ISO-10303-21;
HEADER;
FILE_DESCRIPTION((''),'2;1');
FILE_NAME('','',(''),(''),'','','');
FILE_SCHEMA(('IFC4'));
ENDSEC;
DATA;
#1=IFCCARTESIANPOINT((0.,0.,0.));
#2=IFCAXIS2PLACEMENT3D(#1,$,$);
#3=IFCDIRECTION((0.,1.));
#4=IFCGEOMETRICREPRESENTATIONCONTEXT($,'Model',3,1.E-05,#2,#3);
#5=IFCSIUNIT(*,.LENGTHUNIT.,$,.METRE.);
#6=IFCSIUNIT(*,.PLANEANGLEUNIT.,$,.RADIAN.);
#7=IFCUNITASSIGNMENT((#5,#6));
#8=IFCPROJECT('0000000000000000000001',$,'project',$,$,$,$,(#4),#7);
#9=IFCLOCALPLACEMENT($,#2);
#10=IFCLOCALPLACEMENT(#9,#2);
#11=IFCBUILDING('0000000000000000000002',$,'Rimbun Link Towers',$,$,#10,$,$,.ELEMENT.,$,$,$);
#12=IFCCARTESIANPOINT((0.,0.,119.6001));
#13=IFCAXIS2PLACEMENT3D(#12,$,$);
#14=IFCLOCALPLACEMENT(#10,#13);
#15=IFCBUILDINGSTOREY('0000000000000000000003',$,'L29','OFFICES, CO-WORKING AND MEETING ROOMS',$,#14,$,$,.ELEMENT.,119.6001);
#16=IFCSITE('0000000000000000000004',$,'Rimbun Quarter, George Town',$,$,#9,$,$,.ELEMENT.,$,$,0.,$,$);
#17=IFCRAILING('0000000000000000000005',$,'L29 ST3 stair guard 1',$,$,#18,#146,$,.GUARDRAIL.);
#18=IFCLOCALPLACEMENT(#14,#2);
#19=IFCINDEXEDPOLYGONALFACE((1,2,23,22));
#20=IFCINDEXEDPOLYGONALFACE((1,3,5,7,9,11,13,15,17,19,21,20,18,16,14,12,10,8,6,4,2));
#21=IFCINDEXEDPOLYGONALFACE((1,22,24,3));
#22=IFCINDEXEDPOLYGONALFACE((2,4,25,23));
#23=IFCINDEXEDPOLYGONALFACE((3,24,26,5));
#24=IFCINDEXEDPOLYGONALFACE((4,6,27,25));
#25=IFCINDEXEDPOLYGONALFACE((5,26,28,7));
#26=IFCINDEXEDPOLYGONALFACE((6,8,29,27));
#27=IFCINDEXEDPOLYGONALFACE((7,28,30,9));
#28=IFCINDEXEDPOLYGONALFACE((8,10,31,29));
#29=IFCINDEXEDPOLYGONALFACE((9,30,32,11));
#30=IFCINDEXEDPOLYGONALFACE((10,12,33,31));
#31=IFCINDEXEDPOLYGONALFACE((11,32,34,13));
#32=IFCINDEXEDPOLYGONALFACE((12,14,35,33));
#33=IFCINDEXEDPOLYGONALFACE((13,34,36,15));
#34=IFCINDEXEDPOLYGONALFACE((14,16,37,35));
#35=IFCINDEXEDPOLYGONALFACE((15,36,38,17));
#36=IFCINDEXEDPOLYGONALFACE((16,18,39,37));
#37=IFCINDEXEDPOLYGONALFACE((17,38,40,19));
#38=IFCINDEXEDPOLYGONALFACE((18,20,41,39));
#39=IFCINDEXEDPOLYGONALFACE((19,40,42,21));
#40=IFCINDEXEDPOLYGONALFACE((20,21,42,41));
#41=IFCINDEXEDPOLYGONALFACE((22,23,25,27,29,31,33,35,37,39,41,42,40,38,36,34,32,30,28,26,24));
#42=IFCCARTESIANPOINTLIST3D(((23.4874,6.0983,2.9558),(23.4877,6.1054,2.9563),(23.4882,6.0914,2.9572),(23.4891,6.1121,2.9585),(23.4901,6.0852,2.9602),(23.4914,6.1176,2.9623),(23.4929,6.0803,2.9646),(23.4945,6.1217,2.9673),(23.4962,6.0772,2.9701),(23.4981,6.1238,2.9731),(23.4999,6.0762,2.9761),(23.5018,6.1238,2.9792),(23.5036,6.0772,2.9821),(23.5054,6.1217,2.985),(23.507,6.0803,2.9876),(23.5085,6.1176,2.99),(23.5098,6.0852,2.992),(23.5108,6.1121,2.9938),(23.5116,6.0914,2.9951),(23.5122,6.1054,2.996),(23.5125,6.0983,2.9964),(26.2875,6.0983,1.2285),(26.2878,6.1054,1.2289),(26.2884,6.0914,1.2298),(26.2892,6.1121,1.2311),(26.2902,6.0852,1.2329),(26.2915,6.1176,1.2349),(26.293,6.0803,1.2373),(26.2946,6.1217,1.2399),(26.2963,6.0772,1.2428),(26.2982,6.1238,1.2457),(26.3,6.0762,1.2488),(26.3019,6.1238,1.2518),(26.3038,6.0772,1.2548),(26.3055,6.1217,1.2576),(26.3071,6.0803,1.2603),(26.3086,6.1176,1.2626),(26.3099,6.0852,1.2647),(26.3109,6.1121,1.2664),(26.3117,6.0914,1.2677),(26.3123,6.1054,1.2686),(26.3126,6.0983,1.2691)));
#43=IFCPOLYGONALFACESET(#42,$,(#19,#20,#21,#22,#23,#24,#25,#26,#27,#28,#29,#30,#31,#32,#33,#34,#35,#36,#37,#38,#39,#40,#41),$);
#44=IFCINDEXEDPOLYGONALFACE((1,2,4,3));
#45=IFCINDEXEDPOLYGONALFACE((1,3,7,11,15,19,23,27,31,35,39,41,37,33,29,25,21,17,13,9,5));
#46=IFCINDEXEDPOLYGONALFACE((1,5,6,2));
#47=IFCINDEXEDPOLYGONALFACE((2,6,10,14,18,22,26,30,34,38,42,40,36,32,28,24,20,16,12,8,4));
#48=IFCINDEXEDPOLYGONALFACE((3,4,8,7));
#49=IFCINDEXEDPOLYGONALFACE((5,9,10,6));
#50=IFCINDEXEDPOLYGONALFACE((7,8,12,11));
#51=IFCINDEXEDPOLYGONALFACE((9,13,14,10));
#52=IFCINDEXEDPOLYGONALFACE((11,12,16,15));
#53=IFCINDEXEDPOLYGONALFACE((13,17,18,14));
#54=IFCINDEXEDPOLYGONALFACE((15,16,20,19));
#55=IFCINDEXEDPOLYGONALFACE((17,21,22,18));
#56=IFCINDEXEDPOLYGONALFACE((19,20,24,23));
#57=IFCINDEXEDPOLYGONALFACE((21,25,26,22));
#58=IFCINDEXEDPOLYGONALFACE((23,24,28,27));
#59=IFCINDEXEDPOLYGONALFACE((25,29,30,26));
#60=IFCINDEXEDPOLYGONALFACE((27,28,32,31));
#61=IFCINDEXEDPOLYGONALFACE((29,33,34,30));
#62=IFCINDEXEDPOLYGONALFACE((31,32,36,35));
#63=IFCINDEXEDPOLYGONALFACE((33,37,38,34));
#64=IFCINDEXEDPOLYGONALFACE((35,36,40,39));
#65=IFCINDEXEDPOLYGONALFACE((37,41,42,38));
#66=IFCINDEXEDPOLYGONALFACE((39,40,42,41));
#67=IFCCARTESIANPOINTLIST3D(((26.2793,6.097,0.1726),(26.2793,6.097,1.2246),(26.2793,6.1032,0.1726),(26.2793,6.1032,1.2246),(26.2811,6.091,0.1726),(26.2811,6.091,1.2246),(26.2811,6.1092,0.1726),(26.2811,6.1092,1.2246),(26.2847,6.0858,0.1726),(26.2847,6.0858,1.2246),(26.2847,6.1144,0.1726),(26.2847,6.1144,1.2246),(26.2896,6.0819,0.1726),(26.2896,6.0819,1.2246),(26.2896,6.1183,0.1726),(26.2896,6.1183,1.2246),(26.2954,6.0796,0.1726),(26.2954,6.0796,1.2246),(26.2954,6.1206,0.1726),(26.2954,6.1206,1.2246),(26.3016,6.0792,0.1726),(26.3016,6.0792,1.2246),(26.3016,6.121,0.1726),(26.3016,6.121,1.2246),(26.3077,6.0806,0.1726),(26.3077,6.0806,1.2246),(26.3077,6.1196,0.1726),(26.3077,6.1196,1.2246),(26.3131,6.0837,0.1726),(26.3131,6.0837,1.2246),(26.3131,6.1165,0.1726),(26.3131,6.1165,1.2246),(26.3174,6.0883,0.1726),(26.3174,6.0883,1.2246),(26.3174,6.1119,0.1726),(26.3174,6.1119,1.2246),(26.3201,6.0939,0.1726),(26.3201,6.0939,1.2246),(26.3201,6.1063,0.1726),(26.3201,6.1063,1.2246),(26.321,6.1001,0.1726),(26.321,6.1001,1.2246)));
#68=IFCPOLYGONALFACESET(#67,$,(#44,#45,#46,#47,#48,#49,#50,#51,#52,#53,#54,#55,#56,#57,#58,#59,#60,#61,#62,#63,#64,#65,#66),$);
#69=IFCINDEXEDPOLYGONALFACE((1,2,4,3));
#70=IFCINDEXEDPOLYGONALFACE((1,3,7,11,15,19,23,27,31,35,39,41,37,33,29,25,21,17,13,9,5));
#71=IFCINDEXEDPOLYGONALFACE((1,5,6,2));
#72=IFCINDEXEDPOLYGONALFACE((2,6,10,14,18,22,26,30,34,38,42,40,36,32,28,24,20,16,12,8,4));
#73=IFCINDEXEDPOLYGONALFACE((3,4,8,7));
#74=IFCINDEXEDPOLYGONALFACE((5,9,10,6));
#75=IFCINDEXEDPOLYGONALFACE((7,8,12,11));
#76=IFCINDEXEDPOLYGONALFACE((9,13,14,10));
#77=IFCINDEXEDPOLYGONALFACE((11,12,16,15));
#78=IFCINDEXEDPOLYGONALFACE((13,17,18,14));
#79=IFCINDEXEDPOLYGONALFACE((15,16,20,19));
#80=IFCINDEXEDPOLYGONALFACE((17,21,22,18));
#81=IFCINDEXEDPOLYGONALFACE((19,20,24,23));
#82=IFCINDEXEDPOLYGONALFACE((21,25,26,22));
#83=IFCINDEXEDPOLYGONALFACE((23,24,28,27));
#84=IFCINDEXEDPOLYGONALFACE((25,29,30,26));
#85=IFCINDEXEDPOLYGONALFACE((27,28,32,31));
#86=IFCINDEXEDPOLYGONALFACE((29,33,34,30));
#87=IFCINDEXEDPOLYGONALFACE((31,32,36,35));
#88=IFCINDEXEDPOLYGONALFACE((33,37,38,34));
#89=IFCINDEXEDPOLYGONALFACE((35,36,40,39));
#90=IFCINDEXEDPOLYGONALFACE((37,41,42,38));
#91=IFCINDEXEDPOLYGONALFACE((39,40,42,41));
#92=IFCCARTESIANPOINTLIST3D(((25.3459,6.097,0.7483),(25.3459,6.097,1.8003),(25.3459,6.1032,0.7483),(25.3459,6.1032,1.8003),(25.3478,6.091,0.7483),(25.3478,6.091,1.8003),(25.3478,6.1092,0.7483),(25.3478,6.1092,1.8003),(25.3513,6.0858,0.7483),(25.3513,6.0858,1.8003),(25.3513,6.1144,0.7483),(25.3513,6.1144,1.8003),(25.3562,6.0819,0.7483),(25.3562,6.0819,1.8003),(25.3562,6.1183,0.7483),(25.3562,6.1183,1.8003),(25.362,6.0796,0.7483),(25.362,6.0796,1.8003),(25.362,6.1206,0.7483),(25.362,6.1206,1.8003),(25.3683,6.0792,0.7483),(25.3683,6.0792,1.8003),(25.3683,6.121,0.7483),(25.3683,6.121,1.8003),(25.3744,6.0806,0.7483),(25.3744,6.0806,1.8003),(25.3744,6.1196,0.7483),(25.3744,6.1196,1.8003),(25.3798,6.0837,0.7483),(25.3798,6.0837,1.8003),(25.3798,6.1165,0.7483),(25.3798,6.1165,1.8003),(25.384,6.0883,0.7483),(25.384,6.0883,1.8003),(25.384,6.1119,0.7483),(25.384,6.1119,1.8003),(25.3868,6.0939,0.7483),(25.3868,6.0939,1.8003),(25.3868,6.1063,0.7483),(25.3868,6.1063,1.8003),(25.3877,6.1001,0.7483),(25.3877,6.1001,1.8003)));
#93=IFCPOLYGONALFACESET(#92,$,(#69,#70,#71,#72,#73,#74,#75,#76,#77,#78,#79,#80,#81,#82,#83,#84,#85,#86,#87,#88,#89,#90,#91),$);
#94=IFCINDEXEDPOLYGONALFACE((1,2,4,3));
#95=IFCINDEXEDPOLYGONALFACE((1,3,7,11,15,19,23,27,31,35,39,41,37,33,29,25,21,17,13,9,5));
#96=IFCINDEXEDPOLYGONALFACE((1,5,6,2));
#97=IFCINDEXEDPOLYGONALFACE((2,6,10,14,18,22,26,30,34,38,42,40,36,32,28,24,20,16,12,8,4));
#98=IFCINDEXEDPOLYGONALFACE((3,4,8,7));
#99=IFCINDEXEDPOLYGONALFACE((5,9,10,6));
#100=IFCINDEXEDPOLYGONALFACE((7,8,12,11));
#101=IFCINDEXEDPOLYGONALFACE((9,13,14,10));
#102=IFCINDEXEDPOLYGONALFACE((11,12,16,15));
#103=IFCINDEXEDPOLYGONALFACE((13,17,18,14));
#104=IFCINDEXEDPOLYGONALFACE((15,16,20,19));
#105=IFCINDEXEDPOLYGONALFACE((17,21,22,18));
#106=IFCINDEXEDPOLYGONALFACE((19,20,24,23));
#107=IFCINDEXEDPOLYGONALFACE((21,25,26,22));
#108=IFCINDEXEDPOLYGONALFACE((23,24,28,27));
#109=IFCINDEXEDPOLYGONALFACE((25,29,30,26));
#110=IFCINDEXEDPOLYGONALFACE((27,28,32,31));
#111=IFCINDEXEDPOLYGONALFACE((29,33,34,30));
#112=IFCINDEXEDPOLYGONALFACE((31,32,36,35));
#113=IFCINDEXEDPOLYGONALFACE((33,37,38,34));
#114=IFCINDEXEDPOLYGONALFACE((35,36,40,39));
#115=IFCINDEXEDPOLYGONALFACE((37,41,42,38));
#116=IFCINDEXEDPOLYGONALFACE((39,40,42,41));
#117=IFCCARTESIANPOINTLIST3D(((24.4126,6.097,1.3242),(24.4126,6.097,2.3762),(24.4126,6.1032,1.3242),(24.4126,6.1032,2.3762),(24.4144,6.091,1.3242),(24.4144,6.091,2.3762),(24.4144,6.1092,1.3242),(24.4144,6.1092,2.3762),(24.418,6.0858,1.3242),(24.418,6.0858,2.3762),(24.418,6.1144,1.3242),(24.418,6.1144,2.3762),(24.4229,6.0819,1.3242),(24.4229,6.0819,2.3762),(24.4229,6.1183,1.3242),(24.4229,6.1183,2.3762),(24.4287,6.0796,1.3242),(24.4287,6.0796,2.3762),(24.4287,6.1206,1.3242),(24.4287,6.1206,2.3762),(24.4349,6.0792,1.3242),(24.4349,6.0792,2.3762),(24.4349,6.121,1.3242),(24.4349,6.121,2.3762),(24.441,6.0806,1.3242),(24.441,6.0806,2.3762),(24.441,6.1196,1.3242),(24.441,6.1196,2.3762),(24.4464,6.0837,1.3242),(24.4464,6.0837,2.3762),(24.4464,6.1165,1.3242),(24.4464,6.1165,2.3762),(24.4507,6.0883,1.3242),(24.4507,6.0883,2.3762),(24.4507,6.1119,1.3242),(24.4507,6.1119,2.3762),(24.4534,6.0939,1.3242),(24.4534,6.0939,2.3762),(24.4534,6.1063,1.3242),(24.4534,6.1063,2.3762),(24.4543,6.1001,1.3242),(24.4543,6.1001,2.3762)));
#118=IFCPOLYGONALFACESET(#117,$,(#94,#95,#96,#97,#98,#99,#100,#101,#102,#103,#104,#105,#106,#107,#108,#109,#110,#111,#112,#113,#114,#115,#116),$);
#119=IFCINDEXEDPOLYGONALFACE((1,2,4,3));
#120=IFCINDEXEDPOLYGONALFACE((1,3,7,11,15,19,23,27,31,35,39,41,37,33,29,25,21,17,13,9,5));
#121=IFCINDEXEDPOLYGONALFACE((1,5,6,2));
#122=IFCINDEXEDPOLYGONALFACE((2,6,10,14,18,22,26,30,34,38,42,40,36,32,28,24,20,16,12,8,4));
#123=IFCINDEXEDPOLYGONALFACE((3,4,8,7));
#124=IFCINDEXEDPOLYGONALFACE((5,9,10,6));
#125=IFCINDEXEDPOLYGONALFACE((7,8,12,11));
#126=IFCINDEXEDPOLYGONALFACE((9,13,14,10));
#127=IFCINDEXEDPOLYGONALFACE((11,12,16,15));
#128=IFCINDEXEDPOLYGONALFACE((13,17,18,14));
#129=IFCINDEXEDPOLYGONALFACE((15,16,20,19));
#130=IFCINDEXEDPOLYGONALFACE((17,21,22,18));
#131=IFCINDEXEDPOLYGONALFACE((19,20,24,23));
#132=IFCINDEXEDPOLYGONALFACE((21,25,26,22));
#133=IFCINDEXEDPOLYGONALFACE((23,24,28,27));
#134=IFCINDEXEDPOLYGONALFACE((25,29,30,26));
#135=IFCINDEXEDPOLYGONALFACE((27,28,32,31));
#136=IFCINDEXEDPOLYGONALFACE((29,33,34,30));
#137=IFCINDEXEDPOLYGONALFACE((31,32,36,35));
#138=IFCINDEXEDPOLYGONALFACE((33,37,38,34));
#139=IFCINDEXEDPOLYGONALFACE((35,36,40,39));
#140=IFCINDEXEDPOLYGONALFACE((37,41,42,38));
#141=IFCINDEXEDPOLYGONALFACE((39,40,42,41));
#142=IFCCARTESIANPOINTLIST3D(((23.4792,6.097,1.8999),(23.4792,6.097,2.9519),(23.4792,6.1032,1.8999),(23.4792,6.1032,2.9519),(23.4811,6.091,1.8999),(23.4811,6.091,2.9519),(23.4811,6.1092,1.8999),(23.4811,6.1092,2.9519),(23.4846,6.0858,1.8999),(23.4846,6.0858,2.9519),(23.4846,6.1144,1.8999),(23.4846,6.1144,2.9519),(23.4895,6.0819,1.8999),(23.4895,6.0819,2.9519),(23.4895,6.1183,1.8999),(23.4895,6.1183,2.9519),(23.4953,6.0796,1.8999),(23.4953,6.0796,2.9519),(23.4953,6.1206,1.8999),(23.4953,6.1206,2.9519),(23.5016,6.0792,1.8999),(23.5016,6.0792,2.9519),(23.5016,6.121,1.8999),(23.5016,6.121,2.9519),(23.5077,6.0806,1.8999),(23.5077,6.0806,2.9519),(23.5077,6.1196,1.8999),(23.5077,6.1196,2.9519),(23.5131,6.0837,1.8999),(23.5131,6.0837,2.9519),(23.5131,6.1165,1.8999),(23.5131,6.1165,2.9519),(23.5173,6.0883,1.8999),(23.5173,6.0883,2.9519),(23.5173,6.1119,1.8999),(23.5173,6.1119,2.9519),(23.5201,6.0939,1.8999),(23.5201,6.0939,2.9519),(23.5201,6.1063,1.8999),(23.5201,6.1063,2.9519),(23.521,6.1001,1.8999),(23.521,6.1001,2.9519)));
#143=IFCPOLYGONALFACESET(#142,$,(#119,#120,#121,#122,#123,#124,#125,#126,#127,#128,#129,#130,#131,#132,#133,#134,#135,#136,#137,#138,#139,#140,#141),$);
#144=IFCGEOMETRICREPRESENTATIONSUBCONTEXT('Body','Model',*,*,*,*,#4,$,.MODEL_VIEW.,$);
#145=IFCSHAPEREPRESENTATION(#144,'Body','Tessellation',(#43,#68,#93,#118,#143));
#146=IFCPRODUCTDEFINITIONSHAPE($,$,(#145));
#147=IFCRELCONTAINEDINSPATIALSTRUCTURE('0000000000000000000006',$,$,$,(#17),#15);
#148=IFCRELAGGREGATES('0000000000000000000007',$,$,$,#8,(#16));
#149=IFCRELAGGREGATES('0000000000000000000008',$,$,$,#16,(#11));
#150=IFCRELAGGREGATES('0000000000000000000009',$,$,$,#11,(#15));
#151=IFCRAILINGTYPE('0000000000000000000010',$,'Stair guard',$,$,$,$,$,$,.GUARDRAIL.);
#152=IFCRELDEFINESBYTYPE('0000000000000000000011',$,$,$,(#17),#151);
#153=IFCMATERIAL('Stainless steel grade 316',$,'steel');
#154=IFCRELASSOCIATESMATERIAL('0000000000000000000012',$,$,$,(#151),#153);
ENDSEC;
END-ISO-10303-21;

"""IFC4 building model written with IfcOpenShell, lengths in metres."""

from ifc_helpers import new_model, si_unit, direction, frame, origin, origin_2d, place, context, subcontext, project, spatial, circle, extrude, material, type_object, element, save


model = new_model("IFC4")

# Units and contexts
model_context = context("Model", 3, precision=1e-05, world=origin(), true_north=direction((0.0, 1.0)))
body_context = subcontext(model_context, "Body", "Model", "MODEL_VIEW")
ifc_project = project(units=[si_unit("LENGTHUNIT", "METRE"), si_unit("PLANEANGLEUNIT", "RADIAN")], contexts=[model_context])

# Site, building, storey
site_placement = place(None, origin())
site = spatial("IfcSite", under=ifc_project, at=site_placement, Name="Rimbun Quarter, George Town", CompositionType="ELEMENT", RefElevation=0.0)
building_placement = place(site_placement, origin())
building = spatial("IfcBuilding", under=site, at=building_placement, Name="Rimbun Link Towers", CompositionType="ELEMENT")
storey_placement = place(building_placement, frame((0.0, 0.0, 119.6001)))
storey = spatial("IfcBuildingStorey", under=building, at=storey_placement, Name="L29", Description="OFFICES, CO-WORKING AND MEETING ROOMS", CompositionType="ELEMENT", Elevation=119.6001)

# Railing
ifc_material_1 = material(Name="Stainless steel grade 316", Category="steel")
railing_type_1 = type_object("IfcRailingType", Name="Stair guard", PredefinedType="GUARDRAIL", material=ifc_material_1)
railing_1_placement = place(storey_placement, frame((26.3, 6.1001, 0.1726)))
element("IfcRailing", 1, at=railing_1_placement, inside=storey, type_object=railing_type_1, Name="L29 ST3 stair guard 1", PredefinedType="GUARDRAIL", context=body_context, shape_type="SweptSolid", body=[
    extrude(circle(Radius=0.0239, at=origin_2d()), frame((0.0, 0.0, 1.0762), z_axis=(-0.85109, 0.0, 0.52502), x_axis=(0.0, -1.0, 0.0)), (0.0, 0.0, 1.0), 3.29),
    extrude(circle(Radius=0.021, at=origin_2d()), origin(), (0.0, 0.0, 1.0), 1.052),
    extrude(circle(Radius=0.021, at=origin_2d()), frame((-0.9333, 0.0, 0.5757)), (0.0, 0.0, 1.0), 1.052),
    extrude(circle(Radius=0.021, at=origin_2d()), frame((-1.8667, 0.0, 1.1516)), (0.0, 0.0, 1.0), 1.052),
    extrude(circle(Radius=0.021, at=origin_2d()), frame((-2.8, 0.0, 1.7273)), (0.0, 0.0, 1.0), 1.052),
])

save(model, "model.ifc")
